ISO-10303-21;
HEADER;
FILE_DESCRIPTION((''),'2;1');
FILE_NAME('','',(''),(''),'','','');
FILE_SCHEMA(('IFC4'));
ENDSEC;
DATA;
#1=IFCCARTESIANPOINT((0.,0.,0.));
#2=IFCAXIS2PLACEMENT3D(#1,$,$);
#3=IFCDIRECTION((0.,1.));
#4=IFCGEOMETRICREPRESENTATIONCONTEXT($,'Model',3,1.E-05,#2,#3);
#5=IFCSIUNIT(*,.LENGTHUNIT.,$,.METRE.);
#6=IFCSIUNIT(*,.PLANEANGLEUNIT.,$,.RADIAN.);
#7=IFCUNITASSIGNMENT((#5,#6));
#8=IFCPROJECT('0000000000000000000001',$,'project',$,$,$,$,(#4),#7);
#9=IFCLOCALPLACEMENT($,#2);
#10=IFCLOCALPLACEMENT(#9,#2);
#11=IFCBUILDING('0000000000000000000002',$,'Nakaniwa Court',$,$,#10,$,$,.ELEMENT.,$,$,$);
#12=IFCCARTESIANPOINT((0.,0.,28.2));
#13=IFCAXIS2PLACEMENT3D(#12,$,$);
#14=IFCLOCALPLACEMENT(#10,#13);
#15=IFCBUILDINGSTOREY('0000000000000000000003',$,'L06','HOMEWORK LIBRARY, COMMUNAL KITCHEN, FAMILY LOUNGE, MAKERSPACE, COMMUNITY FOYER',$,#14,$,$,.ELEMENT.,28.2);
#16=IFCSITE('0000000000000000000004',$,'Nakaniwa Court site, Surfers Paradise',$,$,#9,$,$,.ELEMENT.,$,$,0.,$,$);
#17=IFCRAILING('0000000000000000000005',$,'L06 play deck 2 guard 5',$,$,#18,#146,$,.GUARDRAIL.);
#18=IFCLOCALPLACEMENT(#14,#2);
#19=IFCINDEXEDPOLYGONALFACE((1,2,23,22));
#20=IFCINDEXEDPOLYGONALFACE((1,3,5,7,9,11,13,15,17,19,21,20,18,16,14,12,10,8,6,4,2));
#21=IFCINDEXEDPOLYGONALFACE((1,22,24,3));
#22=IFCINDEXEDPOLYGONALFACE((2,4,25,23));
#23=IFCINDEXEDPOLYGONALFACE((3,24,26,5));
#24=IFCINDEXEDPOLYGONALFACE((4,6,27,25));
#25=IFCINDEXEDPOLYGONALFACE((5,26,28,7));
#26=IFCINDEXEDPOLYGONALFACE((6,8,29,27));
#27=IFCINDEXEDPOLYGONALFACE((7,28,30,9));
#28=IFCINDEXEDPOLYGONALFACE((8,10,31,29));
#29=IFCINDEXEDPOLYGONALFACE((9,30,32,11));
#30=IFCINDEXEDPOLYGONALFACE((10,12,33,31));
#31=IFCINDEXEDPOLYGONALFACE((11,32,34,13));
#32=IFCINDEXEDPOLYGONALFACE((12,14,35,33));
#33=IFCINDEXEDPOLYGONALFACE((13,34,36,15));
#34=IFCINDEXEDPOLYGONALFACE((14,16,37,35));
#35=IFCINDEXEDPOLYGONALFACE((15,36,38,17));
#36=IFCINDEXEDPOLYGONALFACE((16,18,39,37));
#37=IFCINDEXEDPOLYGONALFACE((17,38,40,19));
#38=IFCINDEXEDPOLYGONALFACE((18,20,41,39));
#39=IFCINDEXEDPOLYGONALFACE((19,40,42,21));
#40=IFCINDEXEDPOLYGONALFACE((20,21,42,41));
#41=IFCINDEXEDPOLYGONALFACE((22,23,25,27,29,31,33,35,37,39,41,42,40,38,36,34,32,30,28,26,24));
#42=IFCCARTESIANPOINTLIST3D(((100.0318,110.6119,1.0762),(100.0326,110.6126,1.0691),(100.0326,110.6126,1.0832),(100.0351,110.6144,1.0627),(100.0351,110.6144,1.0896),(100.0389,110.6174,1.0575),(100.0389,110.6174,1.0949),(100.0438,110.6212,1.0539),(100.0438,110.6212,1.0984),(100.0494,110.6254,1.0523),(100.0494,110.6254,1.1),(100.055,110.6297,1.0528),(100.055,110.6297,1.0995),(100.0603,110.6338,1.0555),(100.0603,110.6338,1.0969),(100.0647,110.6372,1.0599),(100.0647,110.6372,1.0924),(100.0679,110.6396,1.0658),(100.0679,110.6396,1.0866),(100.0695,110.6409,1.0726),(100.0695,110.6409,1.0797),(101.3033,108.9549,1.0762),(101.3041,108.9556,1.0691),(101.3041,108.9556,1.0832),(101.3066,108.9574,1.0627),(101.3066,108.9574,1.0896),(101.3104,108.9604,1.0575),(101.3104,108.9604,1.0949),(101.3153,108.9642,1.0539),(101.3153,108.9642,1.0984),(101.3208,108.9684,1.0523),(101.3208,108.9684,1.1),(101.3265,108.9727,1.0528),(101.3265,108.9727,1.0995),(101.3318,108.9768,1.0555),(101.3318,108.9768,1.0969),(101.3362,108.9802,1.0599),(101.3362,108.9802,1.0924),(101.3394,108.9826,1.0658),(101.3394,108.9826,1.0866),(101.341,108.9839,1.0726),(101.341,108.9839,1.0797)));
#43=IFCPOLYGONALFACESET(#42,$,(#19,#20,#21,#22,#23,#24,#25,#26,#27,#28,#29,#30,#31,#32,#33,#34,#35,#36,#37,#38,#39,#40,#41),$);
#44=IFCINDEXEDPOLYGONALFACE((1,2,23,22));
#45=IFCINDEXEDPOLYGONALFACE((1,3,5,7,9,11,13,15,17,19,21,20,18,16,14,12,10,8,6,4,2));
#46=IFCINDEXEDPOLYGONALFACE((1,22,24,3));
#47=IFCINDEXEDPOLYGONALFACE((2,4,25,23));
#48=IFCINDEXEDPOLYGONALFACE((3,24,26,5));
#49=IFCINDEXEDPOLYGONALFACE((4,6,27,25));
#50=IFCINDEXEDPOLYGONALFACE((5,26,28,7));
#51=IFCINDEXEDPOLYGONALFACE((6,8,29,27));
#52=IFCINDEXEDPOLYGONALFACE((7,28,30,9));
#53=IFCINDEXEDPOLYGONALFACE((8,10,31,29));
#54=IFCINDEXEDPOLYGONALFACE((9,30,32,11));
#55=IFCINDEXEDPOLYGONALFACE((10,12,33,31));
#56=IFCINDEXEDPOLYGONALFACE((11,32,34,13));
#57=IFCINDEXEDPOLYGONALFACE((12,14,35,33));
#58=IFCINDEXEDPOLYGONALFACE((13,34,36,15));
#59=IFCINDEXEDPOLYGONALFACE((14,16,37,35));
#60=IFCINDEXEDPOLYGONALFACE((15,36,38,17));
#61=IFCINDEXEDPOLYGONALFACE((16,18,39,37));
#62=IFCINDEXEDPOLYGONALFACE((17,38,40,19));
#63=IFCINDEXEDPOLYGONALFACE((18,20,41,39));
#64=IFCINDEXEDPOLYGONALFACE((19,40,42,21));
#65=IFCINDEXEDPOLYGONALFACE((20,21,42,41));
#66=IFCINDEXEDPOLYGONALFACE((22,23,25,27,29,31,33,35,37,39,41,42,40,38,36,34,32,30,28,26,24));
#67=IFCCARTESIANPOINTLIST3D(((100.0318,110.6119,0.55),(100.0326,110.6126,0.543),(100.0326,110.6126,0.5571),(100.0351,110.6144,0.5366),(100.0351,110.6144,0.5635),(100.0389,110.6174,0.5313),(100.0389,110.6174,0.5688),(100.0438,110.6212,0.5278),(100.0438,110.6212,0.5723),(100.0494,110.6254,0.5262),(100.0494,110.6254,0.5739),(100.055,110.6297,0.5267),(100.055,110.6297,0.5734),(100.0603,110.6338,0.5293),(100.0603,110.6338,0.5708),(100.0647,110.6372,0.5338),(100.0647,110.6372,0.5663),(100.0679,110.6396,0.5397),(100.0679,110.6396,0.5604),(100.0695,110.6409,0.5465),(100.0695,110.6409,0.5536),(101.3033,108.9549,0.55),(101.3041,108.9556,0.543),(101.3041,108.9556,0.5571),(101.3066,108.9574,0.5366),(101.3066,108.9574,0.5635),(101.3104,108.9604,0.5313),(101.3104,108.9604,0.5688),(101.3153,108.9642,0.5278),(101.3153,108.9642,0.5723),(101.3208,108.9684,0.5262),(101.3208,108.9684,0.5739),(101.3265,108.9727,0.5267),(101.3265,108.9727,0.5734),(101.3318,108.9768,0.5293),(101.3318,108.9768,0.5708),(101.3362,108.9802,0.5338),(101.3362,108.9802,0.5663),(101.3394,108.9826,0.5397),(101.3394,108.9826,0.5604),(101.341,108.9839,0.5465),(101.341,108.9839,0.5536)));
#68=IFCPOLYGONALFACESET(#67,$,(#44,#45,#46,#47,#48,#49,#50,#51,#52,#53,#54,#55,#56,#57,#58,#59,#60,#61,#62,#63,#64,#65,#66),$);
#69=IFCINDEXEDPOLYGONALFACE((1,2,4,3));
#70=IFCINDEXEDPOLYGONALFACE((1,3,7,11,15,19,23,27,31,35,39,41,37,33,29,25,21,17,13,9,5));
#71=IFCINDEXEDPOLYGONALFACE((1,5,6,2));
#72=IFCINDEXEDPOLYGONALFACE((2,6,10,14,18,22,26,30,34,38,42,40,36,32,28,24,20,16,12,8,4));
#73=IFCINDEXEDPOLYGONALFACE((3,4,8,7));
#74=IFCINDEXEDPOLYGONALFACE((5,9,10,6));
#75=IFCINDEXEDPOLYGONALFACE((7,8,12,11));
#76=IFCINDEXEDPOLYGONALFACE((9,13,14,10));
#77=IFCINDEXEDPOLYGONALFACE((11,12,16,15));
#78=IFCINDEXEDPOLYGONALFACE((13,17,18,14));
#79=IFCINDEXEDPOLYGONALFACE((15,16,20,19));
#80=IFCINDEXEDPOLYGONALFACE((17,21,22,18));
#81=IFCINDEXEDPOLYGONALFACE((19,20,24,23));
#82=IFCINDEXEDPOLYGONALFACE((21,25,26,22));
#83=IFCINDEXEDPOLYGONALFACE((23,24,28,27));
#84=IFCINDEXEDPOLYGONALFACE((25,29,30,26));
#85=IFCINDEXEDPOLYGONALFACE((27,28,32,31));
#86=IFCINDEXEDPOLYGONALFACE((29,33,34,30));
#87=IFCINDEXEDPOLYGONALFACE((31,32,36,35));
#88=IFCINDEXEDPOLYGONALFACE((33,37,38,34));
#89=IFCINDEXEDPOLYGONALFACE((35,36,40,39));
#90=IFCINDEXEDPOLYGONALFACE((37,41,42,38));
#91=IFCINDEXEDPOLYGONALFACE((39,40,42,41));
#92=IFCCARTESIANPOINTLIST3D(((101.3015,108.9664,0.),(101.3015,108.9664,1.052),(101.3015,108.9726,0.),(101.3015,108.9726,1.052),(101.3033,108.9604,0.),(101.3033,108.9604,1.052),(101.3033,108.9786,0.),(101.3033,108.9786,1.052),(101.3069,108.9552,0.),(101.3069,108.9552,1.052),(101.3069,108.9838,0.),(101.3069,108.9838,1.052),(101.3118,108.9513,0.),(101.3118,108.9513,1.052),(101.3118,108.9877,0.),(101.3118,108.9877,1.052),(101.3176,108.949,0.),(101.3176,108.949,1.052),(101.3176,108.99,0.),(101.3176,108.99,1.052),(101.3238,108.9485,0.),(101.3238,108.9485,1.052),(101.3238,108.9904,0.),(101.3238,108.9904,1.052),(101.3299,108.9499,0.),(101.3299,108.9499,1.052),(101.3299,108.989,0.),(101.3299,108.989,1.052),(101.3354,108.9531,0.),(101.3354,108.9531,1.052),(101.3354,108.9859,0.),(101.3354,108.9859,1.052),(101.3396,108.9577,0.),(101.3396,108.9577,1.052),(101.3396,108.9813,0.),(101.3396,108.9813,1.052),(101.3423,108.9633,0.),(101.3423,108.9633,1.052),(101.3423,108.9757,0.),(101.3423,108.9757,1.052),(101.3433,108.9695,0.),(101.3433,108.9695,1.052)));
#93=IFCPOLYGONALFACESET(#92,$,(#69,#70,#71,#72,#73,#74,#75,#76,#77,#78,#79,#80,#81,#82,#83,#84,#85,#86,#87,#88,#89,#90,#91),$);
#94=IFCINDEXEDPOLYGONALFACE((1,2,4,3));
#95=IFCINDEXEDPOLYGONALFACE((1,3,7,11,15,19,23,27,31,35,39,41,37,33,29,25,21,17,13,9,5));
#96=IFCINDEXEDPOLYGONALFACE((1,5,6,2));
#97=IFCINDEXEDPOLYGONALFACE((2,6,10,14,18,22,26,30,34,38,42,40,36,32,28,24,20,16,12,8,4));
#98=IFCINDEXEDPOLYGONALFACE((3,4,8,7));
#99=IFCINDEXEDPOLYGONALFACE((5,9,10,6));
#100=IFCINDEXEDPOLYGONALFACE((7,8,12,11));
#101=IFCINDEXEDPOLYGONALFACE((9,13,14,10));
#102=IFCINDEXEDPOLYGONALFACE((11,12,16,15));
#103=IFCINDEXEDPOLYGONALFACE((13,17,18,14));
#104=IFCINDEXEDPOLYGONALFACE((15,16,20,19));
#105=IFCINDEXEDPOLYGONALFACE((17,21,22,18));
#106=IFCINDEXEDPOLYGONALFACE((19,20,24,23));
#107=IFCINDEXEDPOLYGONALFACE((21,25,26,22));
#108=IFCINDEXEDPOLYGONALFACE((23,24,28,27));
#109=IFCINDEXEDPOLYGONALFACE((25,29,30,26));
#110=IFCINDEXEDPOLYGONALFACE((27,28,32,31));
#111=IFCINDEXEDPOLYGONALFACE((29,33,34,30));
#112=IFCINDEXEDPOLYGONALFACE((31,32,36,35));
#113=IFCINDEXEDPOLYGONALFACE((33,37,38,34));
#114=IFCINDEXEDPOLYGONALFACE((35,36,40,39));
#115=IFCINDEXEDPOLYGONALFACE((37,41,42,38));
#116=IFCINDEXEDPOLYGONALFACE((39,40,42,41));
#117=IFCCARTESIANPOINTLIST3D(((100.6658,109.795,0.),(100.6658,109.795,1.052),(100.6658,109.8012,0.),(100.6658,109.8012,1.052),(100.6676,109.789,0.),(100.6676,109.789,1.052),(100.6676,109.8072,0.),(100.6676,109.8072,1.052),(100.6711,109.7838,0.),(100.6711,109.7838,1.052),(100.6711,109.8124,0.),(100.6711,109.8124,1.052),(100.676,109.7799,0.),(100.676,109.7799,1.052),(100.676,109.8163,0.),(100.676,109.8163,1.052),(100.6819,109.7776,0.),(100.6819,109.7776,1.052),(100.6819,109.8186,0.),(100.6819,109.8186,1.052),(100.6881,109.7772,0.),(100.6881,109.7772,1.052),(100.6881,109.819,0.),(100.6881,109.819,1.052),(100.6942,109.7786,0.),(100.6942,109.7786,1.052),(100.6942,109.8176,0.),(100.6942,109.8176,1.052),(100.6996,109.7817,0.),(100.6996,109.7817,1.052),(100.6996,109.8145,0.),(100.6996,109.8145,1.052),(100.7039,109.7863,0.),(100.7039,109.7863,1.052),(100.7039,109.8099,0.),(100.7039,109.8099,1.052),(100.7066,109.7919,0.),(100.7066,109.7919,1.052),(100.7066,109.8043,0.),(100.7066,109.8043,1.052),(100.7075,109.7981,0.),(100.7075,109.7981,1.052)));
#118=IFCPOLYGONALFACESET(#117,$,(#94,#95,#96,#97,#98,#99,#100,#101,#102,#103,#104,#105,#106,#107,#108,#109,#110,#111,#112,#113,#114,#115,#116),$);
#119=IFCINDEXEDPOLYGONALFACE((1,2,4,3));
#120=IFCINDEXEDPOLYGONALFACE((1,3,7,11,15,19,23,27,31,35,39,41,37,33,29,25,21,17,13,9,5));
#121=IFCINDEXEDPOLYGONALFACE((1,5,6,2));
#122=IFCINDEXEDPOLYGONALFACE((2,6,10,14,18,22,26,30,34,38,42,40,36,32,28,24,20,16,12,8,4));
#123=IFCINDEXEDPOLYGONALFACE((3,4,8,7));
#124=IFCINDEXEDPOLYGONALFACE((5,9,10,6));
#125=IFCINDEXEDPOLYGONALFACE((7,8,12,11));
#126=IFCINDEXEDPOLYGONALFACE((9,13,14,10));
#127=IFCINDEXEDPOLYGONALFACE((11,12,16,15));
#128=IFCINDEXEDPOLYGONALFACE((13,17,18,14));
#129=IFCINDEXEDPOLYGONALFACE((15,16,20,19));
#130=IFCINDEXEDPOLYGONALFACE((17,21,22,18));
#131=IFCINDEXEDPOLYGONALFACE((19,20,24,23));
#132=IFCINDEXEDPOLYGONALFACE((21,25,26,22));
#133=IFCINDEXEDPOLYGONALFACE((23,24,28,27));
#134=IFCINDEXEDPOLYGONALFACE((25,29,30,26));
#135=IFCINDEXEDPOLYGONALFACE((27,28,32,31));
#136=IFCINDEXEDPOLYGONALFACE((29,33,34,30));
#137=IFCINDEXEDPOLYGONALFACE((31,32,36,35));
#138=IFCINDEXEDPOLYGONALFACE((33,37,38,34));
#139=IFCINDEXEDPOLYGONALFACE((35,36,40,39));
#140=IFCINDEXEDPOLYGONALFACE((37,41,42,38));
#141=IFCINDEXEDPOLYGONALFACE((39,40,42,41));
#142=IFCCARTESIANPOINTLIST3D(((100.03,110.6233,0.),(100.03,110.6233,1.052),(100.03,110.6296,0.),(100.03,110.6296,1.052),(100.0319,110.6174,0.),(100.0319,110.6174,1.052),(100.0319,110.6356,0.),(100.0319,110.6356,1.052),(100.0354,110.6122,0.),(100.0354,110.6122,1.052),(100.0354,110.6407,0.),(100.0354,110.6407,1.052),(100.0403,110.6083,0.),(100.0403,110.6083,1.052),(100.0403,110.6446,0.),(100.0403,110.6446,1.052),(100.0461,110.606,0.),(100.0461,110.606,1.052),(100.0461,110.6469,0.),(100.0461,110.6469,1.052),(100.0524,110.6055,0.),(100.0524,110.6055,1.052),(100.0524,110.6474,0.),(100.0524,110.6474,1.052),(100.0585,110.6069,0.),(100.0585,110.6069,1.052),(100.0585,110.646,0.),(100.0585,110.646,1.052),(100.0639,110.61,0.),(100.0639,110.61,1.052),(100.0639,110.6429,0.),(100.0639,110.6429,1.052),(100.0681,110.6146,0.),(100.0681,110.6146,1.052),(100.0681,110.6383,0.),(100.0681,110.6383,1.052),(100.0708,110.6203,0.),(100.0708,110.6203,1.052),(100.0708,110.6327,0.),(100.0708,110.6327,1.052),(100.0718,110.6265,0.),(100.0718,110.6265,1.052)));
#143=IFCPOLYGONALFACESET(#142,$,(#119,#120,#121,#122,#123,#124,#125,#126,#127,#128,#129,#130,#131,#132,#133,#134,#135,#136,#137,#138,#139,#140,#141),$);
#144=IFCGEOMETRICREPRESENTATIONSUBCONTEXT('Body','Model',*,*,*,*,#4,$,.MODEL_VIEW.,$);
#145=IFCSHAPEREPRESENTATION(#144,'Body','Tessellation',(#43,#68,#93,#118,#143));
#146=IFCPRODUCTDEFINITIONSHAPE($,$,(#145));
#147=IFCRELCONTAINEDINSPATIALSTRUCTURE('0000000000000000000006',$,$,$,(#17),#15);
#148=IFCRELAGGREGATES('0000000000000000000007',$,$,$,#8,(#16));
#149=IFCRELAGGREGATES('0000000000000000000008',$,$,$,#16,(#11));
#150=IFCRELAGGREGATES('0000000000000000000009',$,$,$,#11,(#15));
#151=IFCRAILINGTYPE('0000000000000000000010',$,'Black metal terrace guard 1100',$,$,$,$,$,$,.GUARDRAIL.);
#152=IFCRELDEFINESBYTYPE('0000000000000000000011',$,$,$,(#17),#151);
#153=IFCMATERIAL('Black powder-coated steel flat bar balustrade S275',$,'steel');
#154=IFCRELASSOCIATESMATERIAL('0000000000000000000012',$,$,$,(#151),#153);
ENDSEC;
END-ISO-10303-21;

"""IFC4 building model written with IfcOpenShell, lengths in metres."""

from ifc_helpers import new_model, si_unit, direction, frame, origin, origin_2d, place, context, subcontext, project, spatial, circle, extrude, material, type_object, element, save


model = new_model("IFC4")

# Units and contexts
model_context = context("Model", 3, precision=1e-05, world=origin(), true_north=direction((0.0, 1.0)))
body_context = subcontext(model_context, "Body", "Model", "MODEL_VIEW")
ifc_project = project(units=[si_unit("LENGTHUNIT", "METRE"), si_unit("PLANEANGLEUNIT", "RADIAN")], contexts=[model_context])

# Site, building, storey
site_placement = place(None, origin())
site = spatial("IfcSite", under=ifc_project, at=site_placement, Name="Nakaniwa Court site, Surfers Paradise", CompositionType="ELEMENT", RefElevation=0.0)
building_placement = place(site_placement, origin())
building = spatial("IfcBuilding", under=site, at=building_placement, Name="Nakaniwa Court", CompositionType="ELEMENT")
storey_placement = place(building_placement, frame((0.0, 0.0, 28.2)))
storey = spatial("IfcBuildingStorey", under=building, at=storey_placement, Name="L06", Description="HOMEWORK LIBRARY, COMMUNAL KITCHEN, FAMILY LOUNGE, MAKERSPACE, COMMUNITY FOYER", CompositionType="ELEMENT", Elevation=28.2)

# Railing
ifc_material_1 = material(Name="Black powder-coated steel flat bar balustrade S275", Category="steel")
railing_type = type_object("IfcRailingType", Name="Black metal terrace guard 1100", PredefinedType="GUARDRAIL", material=ifc_material_1)
railing_1_placement = place(storey_placement, frame((101.3223, 108.9695, 0.0)))
element("IfcRailing", 1, at=railing_1_placement, inside=storey, type_object=railing_type, Name="L06 play deck 2 guard 5", PredefinedType="GUARDRAIL", context=body_context, shape_type="SweptSolid", body=[
    extrude(circle(Radius=0.0239, at=origin_2d()), frame((0.0, 0.0, 1.0762), z_axis=(-0.608773, 0.793345, 0.0), x_axis=(-0.793345, -0.608773, 0.0)), (0.0, 0.0, 1.0), 2.0886),
    extrude(circle(Radius=0.0239, at=origin_2d()), frame((0.0, 0.0, 0.55), z_axis=(-0.608773, 0.793345, 0.0), x_axis=(-0.793345, -0.608773, 0.0)), (0.0, 0.0, 1.0), 2.0886),
    extrude(circle(Radius=0.021, at=origin_2d()), origin(), (0.0, 0.0, 1.0), 1.052),
    extrude(circle(Radius=0.021, at=origin_2d()), frame((-0.6357, 0.8286, 0.0)), (0.0, 0.0, 1.0), 1.052),
    extrude(circle(Radius=0.021, at=origin_2d()), frame((-1.2715, 1.657, 0.0)), (0.0, 0.0, 1.0), 1.052),
])

save(model, "model.ifc")
